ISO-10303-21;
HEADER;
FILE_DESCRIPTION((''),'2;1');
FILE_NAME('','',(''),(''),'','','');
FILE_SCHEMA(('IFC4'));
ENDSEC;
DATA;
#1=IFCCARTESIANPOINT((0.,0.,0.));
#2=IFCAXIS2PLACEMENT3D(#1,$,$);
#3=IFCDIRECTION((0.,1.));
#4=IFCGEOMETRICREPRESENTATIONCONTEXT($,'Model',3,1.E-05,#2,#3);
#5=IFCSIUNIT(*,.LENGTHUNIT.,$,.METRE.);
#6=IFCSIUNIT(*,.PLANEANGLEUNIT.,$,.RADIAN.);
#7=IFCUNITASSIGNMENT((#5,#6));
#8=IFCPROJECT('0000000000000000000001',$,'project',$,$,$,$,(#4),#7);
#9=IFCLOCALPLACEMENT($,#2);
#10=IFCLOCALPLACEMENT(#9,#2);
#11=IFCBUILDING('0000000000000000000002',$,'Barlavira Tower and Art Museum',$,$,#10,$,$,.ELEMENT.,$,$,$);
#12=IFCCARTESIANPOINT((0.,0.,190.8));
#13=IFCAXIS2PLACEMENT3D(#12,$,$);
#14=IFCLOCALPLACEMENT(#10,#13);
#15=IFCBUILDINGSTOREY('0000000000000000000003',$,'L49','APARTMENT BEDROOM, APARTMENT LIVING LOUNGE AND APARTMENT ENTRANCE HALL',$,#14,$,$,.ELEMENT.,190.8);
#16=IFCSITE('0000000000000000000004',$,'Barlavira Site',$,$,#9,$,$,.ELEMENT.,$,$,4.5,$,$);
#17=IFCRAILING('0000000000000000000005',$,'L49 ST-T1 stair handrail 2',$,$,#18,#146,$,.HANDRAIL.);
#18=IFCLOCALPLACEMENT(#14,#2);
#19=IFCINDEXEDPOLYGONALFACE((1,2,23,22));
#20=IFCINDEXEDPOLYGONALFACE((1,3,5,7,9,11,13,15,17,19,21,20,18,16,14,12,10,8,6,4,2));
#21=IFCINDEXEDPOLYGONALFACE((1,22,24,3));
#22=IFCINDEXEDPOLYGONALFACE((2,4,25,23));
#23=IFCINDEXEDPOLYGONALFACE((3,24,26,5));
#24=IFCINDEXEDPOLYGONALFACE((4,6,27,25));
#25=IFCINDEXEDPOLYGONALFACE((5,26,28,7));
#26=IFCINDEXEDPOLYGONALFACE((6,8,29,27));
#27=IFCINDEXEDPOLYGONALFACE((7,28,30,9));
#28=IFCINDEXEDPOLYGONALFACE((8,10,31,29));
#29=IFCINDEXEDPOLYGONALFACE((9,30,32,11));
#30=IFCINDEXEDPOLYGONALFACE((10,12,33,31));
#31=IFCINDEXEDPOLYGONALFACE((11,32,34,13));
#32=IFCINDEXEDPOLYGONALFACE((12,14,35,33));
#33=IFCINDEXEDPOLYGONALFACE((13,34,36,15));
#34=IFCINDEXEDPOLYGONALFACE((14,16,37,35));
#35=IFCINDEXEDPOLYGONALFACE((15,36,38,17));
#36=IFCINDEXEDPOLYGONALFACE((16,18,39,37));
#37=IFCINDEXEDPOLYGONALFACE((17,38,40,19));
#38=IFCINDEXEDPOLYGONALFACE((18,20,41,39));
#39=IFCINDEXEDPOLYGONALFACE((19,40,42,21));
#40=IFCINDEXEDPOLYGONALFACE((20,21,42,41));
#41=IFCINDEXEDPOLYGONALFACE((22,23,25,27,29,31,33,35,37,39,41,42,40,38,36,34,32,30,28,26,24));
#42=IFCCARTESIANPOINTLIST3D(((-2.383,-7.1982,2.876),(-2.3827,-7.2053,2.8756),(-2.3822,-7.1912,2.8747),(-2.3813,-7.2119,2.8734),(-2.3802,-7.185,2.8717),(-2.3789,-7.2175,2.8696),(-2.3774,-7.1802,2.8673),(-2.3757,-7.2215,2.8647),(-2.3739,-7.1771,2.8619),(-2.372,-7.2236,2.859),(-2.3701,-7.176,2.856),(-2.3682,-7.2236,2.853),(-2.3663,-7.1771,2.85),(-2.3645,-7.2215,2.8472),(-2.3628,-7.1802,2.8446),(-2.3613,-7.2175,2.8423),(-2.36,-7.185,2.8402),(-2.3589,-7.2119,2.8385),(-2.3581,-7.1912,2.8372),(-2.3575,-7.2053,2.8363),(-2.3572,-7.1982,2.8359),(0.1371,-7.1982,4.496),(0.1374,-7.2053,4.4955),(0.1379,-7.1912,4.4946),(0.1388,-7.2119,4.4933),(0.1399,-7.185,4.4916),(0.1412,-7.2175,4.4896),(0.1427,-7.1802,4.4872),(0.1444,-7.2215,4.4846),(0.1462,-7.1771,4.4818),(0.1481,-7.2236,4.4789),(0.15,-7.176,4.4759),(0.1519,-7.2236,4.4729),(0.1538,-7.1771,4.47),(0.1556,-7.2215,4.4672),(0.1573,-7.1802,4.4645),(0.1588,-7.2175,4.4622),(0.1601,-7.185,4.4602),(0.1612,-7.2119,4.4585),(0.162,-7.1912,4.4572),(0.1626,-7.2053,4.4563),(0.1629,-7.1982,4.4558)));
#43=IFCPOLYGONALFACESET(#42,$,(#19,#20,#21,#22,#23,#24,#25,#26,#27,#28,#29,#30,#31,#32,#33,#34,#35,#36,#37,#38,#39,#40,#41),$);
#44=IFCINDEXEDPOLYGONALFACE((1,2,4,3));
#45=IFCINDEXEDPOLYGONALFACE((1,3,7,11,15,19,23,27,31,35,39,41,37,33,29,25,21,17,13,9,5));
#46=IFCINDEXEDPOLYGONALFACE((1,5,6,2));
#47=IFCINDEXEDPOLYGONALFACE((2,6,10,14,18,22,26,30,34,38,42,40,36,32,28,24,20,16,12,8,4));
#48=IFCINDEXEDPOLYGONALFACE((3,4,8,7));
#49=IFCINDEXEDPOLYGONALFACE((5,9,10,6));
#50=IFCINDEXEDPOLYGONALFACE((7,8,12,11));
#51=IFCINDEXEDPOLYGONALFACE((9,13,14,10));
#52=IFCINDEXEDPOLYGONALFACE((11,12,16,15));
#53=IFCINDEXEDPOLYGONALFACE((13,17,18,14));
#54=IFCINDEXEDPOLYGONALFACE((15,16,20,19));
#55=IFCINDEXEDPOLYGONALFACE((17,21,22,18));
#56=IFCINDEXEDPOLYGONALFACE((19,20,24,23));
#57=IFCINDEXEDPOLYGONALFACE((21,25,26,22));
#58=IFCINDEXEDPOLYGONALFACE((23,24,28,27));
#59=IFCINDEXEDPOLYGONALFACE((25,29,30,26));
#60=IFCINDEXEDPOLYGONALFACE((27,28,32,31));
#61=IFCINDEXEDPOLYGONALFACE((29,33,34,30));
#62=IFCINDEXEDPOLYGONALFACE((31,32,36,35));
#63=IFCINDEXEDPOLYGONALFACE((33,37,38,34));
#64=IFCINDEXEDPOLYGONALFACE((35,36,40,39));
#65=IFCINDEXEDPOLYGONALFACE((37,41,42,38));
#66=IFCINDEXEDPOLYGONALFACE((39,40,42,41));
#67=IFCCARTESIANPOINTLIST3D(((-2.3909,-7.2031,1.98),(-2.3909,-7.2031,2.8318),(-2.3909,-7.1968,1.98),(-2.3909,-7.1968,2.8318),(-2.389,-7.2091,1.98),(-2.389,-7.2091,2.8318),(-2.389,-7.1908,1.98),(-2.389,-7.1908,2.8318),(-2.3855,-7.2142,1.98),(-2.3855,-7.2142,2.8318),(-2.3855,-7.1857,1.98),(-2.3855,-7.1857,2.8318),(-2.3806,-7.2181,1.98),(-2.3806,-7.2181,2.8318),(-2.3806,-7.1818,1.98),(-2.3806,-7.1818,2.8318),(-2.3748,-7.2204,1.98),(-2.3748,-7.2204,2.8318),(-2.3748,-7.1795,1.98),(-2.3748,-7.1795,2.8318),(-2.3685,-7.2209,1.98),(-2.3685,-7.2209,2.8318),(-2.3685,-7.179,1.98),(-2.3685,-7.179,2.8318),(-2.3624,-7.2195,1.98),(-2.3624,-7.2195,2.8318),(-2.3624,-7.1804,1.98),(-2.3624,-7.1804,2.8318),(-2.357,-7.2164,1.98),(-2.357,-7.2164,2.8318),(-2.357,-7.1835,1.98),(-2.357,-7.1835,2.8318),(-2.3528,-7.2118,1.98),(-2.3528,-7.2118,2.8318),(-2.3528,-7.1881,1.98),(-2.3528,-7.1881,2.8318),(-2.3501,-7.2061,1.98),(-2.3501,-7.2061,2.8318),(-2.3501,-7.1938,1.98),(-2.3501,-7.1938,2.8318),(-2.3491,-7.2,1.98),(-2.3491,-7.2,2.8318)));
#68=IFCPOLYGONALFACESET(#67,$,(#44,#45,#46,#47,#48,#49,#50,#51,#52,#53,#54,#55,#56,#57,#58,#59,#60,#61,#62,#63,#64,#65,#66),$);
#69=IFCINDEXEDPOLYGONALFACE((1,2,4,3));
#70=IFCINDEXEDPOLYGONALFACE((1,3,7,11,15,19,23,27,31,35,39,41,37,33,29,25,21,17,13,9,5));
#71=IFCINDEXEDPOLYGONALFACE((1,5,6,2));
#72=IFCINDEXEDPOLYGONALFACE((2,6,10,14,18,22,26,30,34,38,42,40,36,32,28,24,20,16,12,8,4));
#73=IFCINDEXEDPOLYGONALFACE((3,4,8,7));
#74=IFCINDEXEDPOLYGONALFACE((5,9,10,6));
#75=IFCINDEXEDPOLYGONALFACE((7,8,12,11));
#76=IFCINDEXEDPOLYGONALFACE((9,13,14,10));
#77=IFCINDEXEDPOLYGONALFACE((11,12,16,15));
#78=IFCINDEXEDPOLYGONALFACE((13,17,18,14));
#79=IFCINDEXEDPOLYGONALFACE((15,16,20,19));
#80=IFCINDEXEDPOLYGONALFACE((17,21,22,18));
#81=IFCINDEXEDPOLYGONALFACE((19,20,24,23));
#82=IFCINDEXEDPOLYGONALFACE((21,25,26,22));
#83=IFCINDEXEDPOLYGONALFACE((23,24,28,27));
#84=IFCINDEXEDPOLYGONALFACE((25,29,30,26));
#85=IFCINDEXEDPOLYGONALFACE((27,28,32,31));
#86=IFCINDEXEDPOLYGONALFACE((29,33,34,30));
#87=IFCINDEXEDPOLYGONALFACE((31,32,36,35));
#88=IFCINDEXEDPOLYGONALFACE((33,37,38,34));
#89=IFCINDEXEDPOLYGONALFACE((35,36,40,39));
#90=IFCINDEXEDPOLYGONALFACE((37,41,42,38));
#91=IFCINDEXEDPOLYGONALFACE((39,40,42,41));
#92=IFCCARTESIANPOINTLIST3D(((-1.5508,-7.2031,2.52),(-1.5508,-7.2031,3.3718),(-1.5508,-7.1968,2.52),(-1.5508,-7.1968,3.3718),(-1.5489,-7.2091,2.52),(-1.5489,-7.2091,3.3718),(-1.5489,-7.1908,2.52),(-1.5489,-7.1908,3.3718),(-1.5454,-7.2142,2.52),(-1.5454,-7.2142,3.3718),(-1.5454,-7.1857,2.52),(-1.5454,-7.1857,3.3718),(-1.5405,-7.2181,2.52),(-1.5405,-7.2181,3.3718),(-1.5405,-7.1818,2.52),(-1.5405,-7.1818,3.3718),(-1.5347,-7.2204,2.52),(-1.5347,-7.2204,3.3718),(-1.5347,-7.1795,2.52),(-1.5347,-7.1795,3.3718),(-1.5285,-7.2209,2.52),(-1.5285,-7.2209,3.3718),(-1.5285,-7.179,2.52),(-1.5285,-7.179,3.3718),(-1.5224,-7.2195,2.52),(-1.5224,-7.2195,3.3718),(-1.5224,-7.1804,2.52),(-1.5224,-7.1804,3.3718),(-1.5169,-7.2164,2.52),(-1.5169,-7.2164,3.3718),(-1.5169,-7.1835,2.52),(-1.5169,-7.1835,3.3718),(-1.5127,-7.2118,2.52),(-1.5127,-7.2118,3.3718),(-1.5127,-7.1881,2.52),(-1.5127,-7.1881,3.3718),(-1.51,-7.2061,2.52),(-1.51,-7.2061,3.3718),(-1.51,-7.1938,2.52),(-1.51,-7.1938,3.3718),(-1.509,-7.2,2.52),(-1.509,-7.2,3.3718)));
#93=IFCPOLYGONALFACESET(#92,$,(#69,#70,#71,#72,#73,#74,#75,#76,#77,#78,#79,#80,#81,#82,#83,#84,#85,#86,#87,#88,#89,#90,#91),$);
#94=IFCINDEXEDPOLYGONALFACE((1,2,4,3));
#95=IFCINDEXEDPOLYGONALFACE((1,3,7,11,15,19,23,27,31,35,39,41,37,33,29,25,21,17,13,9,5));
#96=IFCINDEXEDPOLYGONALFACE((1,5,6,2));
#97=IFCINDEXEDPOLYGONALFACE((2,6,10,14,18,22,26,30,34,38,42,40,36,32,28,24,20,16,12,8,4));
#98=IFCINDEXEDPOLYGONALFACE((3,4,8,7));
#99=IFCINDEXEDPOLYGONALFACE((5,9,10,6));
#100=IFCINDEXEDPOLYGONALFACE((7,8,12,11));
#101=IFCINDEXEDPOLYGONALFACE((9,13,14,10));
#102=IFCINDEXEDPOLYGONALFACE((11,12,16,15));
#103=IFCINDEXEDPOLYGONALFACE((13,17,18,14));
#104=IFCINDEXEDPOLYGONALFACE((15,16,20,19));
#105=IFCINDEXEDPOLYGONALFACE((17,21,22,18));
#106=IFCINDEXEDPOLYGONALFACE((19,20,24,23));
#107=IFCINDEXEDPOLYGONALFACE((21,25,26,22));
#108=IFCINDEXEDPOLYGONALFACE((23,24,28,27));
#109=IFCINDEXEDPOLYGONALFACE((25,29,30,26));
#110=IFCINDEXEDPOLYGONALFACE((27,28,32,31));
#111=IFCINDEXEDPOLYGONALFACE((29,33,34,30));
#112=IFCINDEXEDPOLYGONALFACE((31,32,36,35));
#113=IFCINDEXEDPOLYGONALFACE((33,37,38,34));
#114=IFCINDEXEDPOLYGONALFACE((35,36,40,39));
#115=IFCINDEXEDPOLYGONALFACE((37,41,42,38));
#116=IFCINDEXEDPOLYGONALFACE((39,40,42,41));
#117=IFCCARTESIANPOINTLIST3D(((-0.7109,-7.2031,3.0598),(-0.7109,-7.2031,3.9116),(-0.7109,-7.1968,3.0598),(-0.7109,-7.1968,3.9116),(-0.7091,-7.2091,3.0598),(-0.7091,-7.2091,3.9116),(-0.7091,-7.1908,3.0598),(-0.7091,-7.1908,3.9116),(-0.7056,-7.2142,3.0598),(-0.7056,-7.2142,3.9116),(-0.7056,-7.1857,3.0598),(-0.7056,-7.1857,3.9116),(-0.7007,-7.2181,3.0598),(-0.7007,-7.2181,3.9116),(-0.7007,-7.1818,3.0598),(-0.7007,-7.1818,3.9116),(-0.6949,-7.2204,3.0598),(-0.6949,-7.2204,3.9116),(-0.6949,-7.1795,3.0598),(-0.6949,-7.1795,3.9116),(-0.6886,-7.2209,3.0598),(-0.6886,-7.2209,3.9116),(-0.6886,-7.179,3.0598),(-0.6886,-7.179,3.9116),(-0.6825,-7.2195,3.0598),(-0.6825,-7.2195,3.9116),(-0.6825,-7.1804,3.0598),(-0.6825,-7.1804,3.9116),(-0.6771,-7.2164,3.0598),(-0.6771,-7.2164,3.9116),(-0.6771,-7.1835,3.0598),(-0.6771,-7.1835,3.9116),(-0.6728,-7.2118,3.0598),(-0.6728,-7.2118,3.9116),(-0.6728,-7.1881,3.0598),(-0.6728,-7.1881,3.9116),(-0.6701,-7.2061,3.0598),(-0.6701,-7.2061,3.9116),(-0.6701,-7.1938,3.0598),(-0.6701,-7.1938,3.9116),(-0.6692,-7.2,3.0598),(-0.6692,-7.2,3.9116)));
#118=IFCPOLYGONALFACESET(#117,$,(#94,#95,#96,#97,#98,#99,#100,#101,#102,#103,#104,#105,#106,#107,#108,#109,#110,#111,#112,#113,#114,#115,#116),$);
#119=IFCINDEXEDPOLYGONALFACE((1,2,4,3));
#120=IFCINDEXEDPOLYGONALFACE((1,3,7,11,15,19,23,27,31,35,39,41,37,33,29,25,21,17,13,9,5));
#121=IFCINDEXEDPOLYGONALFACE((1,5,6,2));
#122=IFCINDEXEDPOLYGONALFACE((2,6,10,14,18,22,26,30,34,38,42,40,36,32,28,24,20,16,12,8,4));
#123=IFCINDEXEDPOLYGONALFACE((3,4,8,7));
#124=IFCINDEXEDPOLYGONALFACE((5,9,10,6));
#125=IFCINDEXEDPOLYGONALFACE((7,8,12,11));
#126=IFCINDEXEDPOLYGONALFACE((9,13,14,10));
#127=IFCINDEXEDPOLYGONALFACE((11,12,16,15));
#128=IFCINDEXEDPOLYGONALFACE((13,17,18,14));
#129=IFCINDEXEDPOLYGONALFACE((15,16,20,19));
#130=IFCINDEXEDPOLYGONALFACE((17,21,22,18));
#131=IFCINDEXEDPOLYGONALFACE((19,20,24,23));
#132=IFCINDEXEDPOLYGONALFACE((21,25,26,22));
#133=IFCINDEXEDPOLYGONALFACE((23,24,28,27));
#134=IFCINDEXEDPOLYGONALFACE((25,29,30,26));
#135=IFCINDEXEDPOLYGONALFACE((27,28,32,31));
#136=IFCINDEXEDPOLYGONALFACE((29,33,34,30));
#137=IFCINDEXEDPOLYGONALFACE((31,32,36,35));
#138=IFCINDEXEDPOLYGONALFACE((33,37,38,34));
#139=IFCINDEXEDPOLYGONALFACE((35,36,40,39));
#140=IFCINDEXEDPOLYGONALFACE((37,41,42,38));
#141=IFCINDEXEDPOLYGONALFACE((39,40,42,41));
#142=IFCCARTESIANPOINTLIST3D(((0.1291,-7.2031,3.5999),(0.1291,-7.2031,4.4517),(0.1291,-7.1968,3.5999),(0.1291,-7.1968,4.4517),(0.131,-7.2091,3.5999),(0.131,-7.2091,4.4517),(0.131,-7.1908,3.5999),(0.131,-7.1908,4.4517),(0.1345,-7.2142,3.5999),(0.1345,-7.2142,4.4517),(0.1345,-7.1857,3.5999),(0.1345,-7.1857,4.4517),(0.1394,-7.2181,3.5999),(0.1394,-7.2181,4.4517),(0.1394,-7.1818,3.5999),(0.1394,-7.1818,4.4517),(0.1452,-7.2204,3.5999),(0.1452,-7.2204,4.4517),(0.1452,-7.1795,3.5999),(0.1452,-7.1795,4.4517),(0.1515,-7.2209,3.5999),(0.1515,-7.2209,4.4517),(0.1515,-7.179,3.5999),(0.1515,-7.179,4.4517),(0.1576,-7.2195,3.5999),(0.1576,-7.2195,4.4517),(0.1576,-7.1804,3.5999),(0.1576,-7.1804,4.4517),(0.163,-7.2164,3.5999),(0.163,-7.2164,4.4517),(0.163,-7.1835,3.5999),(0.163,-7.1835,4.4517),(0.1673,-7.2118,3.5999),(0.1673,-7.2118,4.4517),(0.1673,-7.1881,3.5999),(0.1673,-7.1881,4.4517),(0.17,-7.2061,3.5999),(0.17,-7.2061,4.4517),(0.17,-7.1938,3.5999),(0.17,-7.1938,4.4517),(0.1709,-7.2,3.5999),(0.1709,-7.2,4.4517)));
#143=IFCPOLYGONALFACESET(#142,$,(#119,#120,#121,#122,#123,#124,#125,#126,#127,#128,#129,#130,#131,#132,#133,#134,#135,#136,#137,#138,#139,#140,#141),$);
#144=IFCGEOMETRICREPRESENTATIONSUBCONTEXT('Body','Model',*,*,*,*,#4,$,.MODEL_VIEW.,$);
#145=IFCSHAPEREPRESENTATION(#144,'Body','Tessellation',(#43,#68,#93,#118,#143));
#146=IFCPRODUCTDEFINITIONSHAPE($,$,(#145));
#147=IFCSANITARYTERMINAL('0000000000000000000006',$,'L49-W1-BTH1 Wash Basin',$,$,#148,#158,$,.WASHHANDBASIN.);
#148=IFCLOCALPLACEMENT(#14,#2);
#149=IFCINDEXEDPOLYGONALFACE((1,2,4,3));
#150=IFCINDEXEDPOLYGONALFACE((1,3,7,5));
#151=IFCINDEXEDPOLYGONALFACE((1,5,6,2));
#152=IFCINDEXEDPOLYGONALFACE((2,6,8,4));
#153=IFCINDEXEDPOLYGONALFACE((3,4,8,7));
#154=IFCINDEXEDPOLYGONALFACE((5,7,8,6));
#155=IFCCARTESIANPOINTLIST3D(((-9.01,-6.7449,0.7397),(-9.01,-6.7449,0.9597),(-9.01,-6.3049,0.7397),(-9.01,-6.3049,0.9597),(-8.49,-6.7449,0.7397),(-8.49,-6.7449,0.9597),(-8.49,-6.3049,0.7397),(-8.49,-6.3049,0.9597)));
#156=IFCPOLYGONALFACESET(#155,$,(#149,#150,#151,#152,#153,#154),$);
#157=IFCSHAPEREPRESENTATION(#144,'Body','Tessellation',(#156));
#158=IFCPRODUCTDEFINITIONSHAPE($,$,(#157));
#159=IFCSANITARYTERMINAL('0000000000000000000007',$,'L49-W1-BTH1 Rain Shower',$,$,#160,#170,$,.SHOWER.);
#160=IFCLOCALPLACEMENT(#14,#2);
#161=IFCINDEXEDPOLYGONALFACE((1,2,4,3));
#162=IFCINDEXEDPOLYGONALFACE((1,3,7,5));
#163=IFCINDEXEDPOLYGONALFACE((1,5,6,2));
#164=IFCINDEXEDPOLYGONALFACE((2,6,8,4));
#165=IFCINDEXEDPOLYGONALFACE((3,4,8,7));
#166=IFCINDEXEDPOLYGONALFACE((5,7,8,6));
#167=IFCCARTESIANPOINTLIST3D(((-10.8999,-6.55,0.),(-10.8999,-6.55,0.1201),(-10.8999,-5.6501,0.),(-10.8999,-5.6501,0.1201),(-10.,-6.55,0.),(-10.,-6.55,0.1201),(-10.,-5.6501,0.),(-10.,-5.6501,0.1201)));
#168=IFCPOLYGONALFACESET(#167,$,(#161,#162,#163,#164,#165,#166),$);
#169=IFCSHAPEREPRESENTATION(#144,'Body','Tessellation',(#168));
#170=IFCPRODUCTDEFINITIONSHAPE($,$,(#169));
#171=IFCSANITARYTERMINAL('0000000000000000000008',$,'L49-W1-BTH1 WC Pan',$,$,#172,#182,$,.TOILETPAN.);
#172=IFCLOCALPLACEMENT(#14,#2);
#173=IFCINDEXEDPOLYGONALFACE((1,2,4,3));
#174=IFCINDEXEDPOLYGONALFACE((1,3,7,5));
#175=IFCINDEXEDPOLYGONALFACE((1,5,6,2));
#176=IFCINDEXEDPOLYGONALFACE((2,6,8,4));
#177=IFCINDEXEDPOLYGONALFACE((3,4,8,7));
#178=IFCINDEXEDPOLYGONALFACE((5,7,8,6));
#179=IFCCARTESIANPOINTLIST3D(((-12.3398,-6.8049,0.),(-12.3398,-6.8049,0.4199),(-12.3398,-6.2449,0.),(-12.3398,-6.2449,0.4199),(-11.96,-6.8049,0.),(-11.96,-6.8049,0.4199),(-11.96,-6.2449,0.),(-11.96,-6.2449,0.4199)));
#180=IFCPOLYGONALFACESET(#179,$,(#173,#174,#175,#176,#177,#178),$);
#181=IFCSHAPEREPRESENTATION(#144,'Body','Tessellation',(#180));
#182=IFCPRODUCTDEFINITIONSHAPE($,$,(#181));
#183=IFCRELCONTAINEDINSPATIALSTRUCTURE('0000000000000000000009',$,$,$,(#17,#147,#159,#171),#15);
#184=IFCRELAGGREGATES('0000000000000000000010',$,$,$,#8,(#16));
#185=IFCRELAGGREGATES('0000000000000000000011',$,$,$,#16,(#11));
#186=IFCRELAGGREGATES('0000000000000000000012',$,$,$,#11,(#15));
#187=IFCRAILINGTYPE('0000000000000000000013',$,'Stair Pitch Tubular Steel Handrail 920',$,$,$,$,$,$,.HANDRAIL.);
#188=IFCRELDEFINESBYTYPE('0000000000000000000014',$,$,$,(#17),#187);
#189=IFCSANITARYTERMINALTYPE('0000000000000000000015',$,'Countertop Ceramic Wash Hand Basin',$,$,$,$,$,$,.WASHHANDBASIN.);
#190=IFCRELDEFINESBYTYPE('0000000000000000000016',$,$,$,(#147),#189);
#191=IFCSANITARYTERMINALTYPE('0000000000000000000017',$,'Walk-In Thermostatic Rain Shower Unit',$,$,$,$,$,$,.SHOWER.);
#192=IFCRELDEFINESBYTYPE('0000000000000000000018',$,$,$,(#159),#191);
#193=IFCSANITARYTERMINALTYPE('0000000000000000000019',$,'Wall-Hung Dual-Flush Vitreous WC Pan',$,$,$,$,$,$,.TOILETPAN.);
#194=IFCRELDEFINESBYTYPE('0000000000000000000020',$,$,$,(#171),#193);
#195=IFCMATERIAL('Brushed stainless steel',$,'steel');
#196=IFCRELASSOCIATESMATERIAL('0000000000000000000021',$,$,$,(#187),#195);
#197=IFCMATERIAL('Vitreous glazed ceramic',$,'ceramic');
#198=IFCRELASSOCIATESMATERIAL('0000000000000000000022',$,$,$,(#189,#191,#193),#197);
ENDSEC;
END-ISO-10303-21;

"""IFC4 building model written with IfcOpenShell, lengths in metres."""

from ifc_helpers import new_model, si_unit, direction, frame, origin, origin_2d, place, context, subcontext, project, spatial, rectangle, circle, extrude, material, type_object, element, save


model = new_model("IFC4")

# Units and contexts
model_context = context("Model", 3, precision=1e-05, world=origin(), true_north=direction((0.0, 1.0)))
body_context = subcontext(model_context, "Body", "Model", "MODEL_VIEW")
ifc_project = project(units=[si_unit("LENGTHUNIT", "METRE"), si_unit("PLANEANGLEUNIT", "RADIAN")], contexts=[model_context])

# Site, building, storey
site_placement = place(None, origin())
site = spatial("IfcSite", under=ifc_project, at=site_placement, Name="Barlavira Site", CompositionType="ELEMENT", RefElevation=4.5)
building_placement = place(site_placement, origin())
building = spatial("IfcBuilding", under=site, at=building_placement, Name="Barlavira Tower and Art Museum", CompositionType="ELEMENT")
storey_placement = place(building_placement, frame((0.0, 0.0, 190.8)))
storey = spatial("IfcBuildingStorey", under=building, at=storey_placement, Name="L49", Description="APARTMENT BEDROOM, APARTMENT LIVING LOUNGE AND APARTMENT ENTRANCE HALL", CompositionType="ELEMENT", Elevation=190.8)

# Shared definitions
ifc_material_1 = material(Name="Brushed stainless steel", Category="steel")

# Railing
railing_type_1 = type_object("IfcRailingType", Name="Stair Pitch Tubular Steel Handrail 920", PredefinedType="HANDRAIL", material=ifc_material_1)
railing_1_placement = place(storey_placement, frame((-2.3701, -7.2, 1.98)))
element("IfcRailing", 1, at=railing_1_placement, inside=storey, type_object=railing_type_1, Name="L49 ST-T1 stair handrail 2", PredefinedType="HANDRAIL", context=body_context, shape_type="SweptSolid", body=[
    extrude(circle(Radius=0.0239, at=origin_2d()), frame((0.0, 0.0, 0.876), z_axis=(0.8412, 0.0, 0.540725), x_axis=(0.0, 1.0, 0.0)), (0.0, 0.0, 1.0), 2.9958),
    extrude(circle(Radius=0.021, at=origin_2d()), origin(), (0.0, 0.0, 1.0), 0.8518),
    extrude(circle(Radius=0.021, at=origin_2d()), frame((0.8401, 0.0, 0.54)), (0.0, 0.0, 1.0), 0.8518),
    extrude(circle(Radius=0.021, at=origin_2d()), frame((1.6799, 0.0, 1.0798)), (0.0, 0.0, 1.0), 0.8518),
    extrude(circle(Radius=0.021, at=origin_2d()), frame((2.52, 0.0, 1.6199)), (0.0, 0.0, 1.0), 0.8518),
])

# Sanitary terminals
ifc_material_2 = material(Name="Vitreous glazed ceramic", Category="ceramic")
sanitary_terminal_type_1 = type_object("IfcSanitaryTerminalType", Name="Countertop Ceramic Wash Hand Basin", PredefinedType="WASHHANDBASIN", material=ifc_material_2)
sanitary_terminal_1_placement = place(storey_placement, frame((-8.75, -6.5249, 0.7397), z_axis=(0.0, 0.0, 1.0), x_axis=(1.0, 0.0, 0.0)))
element("IfcSanitaryTerminal", 2, at=sanitary_terminal_1_placement, inside=storey, type_object=sanitary_terminal_type_1, Name="L49-W1-BTH1 Wash Basin", PredefinedType="WASHHANDBASIN", context=body_context, shape_type="SweptSolid", body=[
    extrude(rectangle(XDim=0.52, YDim=0.4399, at=origin_2d()), origin(), (0.0, 0.0, 1.0), 0.22),
])
sanitary_terminal_type_2 = type_object("IfcSanitaryTerminalType", Name="Walk-In Thermostatic Rain Shower Unit", PredefinedType="SHOWER", material=ifc_material_2)
sanitary_terminal_2_placement = place(storey_placement, frame((-10.45, -6.1001, 0.0), z_axis=(0.0, 0.0, 1.0), x_axis=(1.0, 0.0, 0.0)))
element("IfcSanitaryTerminal", 3, at=sanitary_terminal_2_placement, inside=storey, type_object=sanitary_terminal_type_2, Name="L49-W1-BTH1 Rain Shower", PredefinedType="SHOWER", context=body_context, shape_type="SweptSolid", body=[
    extrude(rectangle(XDim=0.8999, YDim=0.8999, at=origin_2d()), origin(), (0.0, 0.0, 1.0), 0.1201),
])
sanitary_terminal_type_3 = type_object("IfcSanitaryTerminalType", Name="Wall-Hung Dual-Flush Vitreous WC Pan", PredefinedType="TOILETPAN", material=ifc_material_2)
sanitary_terminal_3_placement = place(storey_placement, frame((-12.1499, -6.5249, 0.0), z_axis=(0.0, 0.0, 1.0), x_axis=(1.0, 0.0, 0.0)))
element("IfcSanitaryTerminal", 4, at=sanitary_terminal_3_placement, inside=storey, type_object=sanitary_terminal_type_3, Name="L49-W1-BTH1 WC Pan", PredefinedType="TOILETPAN", context=body_context, shape_type="SweptSolid", body=[
    extrude(rectangle(XDim=0.3799, YDim=0.5601, at=origin_2d()), origin(), (0.0, 0.0, 1.0), 0.4199),
])

save(model, "model.ifc")
